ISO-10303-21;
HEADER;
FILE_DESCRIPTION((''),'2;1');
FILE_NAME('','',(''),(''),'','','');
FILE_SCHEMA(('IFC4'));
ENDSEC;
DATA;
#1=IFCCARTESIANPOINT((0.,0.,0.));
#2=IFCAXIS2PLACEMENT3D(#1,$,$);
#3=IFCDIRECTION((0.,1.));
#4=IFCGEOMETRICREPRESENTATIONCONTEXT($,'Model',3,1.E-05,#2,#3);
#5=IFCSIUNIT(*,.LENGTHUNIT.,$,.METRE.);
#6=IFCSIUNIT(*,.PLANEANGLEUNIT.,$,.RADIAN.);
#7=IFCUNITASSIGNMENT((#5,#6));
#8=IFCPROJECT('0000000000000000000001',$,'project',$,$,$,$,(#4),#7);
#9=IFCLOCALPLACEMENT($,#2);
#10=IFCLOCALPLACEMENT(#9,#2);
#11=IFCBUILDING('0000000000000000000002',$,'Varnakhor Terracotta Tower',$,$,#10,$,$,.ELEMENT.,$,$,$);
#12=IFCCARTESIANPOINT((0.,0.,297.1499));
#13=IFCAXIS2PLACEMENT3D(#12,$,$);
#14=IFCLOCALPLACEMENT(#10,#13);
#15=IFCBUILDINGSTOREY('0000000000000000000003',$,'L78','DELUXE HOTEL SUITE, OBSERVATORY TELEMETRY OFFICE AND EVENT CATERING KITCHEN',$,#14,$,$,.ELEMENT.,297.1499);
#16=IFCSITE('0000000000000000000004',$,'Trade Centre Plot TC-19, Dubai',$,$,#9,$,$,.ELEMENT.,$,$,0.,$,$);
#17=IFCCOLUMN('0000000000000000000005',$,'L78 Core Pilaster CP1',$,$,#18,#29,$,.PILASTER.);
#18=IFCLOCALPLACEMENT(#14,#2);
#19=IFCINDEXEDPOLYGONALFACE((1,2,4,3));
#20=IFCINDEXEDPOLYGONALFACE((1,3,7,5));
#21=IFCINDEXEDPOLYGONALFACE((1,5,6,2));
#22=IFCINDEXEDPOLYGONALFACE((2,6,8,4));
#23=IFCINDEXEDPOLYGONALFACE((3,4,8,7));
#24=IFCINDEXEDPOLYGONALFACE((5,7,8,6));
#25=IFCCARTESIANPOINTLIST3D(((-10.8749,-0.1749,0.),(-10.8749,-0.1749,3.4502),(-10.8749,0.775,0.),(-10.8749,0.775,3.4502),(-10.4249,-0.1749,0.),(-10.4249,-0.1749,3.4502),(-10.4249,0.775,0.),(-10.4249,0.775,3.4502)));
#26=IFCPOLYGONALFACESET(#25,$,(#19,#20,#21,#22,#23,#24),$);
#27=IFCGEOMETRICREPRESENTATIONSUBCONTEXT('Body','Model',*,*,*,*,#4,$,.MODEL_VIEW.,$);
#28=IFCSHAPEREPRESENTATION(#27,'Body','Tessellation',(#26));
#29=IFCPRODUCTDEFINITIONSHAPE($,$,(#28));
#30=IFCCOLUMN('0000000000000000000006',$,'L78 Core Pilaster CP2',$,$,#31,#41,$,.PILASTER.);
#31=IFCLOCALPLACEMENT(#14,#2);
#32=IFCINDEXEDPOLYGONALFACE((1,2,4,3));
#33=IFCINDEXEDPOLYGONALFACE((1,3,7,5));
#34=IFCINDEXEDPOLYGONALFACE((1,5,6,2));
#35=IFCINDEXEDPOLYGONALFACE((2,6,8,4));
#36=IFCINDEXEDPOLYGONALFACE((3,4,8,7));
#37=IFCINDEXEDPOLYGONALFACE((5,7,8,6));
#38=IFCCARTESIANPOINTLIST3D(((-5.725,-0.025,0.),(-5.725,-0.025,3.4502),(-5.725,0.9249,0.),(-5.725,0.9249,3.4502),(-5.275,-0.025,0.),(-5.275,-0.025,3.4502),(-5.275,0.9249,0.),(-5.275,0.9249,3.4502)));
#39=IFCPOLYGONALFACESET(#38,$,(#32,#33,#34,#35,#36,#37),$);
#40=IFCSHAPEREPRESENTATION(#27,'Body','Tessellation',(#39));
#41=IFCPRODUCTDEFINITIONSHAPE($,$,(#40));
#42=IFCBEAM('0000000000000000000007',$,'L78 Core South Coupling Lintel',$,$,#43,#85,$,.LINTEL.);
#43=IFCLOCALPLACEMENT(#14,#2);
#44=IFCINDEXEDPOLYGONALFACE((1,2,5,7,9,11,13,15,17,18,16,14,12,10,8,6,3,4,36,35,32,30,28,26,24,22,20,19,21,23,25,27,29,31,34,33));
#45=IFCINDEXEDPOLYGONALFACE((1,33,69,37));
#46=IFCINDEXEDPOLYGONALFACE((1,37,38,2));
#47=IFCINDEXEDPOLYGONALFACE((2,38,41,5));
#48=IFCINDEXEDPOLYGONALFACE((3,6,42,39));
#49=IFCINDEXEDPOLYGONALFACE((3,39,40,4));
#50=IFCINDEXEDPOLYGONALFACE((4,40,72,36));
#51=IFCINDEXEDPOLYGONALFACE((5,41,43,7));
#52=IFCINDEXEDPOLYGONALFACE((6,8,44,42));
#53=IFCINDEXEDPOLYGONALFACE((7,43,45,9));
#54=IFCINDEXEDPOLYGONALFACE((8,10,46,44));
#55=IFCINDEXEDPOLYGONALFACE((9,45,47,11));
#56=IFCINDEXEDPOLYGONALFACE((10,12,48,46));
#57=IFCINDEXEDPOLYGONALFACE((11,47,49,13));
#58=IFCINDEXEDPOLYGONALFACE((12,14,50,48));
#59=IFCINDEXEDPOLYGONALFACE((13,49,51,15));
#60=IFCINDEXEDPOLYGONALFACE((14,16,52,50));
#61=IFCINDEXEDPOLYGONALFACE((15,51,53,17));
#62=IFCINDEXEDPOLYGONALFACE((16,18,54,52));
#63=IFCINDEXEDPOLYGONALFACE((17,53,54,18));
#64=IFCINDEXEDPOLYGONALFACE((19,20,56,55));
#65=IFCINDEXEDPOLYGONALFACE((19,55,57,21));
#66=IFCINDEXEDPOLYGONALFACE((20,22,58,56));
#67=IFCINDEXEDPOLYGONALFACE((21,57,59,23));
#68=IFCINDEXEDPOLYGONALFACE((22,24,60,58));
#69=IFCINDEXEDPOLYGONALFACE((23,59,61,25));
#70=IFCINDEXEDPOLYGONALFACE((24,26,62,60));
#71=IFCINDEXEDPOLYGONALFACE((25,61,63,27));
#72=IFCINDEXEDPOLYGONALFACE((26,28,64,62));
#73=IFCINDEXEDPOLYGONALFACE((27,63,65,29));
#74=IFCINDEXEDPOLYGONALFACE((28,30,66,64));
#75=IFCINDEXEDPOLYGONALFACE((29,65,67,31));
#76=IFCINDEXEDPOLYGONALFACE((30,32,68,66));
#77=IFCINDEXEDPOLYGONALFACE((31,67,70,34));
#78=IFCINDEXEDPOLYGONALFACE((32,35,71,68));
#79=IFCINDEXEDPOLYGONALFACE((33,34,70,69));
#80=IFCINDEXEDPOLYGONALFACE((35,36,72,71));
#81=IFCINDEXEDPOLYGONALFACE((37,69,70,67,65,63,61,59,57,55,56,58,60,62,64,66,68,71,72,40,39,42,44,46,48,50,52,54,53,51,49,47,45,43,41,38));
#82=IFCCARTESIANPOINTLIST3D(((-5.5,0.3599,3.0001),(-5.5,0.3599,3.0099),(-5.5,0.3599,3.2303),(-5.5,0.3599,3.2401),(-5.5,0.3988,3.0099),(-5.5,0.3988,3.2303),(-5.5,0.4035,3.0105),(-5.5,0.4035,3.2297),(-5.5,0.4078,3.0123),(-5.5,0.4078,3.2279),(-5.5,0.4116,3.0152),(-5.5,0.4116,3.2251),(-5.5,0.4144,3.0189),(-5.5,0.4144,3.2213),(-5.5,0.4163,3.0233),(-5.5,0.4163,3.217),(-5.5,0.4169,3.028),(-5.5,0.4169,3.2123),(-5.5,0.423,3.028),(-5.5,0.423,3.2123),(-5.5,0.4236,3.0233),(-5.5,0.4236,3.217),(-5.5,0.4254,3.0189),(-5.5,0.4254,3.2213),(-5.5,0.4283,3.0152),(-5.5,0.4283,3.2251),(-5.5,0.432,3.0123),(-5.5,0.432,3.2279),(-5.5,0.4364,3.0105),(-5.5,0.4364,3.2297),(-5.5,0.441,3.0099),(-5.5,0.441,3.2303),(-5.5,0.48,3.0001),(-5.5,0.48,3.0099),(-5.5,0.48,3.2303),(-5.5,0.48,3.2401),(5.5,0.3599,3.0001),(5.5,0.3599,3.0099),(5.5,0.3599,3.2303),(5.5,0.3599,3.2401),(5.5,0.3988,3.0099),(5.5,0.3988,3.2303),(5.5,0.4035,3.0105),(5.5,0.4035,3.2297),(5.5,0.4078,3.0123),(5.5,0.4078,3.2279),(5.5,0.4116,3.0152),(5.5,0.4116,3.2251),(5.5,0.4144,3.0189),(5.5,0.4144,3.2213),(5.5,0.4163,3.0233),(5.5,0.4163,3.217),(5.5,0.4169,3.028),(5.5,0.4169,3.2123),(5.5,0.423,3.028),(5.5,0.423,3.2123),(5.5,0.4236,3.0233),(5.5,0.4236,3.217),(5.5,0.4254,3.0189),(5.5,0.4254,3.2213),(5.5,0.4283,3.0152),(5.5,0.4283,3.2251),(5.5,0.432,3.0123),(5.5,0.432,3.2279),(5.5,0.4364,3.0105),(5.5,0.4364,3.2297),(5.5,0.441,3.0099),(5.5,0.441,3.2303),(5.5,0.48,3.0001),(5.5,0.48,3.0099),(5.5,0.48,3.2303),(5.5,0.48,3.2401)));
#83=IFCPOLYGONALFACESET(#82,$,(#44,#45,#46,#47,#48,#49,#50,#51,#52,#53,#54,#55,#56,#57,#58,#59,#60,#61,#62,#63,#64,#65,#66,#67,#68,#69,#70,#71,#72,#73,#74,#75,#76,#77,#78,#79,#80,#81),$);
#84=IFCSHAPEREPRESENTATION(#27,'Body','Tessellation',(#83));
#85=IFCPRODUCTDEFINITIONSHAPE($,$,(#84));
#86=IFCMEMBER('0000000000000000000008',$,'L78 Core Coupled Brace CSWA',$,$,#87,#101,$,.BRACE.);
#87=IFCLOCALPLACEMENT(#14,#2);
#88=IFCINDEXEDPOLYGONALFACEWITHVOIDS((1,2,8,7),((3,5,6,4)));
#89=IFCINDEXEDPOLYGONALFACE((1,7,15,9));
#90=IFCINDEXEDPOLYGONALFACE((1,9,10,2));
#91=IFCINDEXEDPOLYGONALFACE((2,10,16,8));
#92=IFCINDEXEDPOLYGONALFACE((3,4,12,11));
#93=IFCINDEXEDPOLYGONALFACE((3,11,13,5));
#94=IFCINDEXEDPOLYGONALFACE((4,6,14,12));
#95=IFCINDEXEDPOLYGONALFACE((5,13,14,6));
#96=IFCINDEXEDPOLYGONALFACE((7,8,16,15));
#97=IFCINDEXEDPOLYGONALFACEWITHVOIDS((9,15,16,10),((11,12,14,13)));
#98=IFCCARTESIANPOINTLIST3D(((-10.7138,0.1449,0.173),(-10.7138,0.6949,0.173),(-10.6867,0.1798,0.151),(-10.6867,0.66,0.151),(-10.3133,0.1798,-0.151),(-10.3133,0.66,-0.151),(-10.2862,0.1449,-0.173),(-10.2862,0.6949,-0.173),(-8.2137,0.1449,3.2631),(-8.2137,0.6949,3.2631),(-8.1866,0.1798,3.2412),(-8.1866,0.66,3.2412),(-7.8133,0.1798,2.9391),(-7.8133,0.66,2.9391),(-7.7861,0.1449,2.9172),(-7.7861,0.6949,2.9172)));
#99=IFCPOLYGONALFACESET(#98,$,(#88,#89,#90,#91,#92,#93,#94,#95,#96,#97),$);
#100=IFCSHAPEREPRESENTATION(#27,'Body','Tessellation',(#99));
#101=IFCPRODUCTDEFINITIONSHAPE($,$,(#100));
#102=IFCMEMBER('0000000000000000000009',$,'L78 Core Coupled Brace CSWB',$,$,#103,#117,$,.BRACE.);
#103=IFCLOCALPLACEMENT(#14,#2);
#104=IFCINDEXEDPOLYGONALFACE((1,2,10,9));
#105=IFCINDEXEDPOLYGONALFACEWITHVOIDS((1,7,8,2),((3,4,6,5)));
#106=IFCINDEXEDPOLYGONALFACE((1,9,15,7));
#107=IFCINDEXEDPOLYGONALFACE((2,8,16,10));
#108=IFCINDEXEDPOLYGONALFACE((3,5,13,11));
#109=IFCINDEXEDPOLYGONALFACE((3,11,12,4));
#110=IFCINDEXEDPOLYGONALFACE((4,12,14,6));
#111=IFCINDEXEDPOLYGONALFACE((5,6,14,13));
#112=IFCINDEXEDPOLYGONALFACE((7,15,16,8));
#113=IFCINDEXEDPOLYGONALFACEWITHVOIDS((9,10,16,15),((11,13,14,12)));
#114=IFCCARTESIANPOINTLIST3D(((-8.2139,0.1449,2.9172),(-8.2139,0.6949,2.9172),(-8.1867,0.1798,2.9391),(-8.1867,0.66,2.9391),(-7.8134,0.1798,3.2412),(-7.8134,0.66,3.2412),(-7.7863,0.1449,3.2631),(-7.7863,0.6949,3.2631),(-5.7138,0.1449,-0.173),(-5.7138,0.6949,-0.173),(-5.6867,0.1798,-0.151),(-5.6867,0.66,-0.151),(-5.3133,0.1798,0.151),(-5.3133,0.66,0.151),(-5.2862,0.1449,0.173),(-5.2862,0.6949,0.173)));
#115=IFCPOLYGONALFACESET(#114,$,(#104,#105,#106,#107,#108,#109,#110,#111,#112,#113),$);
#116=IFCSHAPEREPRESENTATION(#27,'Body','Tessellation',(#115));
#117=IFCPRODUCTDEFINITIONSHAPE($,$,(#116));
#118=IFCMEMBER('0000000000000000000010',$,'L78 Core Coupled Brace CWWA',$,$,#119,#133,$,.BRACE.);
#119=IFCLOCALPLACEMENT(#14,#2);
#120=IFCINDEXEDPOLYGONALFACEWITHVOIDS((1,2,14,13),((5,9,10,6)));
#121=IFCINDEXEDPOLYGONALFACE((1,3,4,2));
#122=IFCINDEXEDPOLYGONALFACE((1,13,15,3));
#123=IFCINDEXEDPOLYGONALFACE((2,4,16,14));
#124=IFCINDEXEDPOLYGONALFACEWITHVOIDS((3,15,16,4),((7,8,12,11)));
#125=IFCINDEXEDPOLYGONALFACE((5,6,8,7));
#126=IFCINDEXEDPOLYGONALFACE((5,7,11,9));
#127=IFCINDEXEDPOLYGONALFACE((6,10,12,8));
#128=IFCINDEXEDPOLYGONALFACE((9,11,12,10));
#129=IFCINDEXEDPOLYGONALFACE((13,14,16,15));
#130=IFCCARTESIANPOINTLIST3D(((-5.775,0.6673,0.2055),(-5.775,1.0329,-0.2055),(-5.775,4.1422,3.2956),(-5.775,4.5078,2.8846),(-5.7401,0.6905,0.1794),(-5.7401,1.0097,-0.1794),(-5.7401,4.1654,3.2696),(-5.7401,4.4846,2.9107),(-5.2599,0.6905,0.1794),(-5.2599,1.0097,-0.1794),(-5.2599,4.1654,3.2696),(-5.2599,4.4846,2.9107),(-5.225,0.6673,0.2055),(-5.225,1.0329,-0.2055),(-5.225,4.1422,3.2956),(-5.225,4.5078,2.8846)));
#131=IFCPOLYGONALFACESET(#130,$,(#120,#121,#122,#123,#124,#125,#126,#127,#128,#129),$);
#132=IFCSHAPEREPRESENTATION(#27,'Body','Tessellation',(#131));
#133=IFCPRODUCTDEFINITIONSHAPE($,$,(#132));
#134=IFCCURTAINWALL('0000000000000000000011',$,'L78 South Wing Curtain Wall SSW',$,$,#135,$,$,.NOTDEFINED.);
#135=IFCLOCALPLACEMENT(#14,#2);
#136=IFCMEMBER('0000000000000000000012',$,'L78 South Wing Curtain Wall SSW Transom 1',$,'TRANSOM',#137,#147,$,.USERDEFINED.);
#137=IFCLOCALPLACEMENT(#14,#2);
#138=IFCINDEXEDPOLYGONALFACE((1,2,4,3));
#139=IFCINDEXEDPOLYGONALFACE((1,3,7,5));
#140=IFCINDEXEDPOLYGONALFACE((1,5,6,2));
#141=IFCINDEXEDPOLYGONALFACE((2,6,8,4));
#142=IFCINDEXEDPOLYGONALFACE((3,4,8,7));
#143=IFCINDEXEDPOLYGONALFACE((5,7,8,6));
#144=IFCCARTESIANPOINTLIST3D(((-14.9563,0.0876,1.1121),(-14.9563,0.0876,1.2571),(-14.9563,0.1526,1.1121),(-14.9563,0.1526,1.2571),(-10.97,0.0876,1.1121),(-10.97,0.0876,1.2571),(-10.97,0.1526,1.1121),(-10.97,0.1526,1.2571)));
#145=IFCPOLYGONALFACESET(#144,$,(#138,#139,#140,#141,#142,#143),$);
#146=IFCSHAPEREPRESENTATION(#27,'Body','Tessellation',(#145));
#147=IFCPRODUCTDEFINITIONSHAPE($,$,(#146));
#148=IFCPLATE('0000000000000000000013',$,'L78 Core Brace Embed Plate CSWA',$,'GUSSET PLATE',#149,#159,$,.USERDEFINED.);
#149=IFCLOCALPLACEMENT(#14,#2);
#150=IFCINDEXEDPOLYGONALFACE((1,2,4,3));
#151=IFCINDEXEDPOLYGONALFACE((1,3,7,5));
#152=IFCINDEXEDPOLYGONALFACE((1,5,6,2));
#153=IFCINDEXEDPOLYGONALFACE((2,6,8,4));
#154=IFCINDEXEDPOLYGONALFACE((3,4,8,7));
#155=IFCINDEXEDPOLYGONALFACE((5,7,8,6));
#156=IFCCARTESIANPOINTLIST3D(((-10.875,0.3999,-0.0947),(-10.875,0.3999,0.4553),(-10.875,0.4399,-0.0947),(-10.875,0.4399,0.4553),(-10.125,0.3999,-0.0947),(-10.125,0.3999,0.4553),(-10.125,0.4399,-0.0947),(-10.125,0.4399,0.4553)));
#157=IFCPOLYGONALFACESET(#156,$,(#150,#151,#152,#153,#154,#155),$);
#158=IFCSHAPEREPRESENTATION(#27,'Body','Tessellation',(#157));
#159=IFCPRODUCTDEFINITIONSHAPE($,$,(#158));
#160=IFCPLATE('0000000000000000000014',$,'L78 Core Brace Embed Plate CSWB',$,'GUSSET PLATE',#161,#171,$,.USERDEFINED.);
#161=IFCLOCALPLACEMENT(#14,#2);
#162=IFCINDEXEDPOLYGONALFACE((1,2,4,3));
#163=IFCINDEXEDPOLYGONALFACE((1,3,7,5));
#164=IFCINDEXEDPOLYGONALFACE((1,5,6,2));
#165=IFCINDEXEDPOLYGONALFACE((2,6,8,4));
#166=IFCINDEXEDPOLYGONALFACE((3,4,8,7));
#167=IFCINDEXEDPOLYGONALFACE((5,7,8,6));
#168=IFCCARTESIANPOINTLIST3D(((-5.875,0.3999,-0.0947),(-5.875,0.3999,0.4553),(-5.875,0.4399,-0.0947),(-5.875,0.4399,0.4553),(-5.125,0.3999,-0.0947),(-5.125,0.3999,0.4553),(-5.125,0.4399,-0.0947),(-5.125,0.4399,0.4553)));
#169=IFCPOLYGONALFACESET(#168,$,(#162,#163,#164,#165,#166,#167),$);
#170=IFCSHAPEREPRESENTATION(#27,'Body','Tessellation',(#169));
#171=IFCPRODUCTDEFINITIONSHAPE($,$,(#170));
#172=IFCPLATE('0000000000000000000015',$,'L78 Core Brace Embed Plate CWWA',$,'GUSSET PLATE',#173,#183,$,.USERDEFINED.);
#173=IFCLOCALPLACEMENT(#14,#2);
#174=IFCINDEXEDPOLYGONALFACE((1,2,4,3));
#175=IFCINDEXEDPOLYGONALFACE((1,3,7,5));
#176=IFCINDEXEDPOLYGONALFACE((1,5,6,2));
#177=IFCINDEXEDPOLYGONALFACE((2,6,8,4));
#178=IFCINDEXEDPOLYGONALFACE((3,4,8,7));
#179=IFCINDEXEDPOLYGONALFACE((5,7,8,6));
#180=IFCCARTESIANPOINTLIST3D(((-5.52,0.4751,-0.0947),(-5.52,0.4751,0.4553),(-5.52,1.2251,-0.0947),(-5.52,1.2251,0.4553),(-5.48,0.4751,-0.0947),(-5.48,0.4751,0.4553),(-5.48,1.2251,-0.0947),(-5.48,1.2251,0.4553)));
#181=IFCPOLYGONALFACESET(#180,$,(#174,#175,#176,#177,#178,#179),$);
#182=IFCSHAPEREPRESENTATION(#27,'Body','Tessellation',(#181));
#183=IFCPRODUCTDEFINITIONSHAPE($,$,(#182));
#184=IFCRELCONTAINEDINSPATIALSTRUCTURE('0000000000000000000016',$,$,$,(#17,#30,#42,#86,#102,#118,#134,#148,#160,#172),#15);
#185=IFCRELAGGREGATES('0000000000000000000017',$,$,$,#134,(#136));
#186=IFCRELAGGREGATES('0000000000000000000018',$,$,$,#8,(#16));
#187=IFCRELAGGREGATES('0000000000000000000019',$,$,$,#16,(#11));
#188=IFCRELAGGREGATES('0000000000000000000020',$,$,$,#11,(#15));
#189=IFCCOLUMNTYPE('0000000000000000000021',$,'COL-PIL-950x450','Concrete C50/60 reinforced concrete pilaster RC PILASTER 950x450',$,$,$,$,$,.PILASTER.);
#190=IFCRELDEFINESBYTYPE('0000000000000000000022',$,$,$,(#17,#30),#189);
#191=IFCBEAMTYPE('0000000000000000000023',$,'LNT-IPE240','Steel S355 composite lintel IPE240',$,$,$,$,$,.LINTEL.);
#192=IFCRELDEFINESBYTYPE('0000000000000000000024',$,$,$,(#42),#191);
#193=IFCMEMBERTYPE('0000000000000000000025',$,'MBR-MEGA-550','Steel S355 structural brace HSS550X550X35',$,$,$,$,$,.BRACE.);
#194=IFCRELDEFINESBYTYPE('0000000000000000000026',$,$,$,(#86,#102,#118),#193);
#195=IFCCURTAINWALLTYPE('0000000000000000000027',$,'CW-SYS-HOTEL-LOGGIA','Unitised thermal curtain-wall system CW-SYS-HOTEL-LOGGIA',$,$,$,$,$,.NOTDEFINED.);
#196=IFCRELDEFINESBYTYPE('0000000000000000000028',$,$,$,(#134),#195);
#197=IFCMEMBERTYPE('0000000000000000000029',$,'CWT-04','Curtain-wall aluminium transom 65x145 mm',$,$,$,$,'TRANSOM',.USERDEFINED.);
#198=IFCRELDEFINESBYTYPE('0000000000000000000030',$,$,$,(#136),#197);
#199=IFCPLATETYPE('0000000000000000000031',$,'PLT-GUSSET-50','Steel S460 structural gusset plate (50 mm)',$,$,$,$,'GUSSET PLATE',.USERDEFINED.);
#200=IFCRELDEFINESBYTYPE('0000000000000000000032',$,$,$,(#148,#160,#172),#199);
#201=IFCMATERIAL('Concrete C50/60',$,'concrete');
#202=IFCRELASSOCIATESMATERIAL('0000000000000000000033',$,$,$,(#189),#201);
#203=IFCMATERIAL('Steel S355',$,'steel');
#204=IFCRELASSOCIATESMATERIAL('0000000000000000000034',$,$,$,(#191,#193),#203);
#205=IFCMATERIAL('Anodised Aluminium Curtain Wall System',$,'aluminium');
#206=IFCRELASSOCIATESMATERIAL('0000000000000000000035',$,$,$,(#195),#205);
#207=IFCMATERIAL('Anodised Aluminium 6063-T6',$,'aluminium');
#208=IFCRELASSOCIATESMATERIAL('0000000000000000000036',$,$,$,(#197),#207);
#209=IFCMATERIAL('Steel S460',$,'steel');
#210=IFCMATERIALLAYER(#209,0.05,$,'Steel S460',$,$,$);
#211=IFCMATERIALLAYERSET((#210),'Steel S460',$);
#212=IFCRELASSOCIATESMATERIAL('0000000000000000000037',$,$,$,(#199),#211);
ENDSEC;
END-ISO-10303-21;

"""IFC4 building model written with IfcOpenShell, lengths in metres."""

from ifc_helpers import new_model, si_unit, direction, frame, origin, origin_2d, place, context, subcontext, project, spatial, rectangle, hollow_rectangle, i_section, extrude, source, transform, mapped, material, layer, layer_set, material_profile, profile_set, type_object, type_shapes, element, aggregate, save


model = new_model("IFC4")

# Units and contexts
model_context = context("Model", 3, precision=1e-05, world=origin(), true_north=direction((0.0, 1.0)))
body_context = subcontext(model_context, "Body", "Model", "MODEL_VIEW")
ifc_project = project(units=[si_unit("LENGTHUNIT", "METRE"), si_unit("PLANEANGLEUNIT", "RADIAN")], contexts=[model_context])

# Site, building, storey
site_placement = place(None, origin())
site = spatial("IfcSite", under=ifc_project, at=site_placement, Name="Trade Centre Plot TC-19, Dubai", CompositionType="ELEMENT", RefElevation=0.0)
building_placement = place(site_placement, origin())
building = spatial("IfcBuilding", under=site, at=building_placement, Name="Varnakhor Terracotta Tower", CompositionType="ELEMENT")
storey_placement = place(building_placement, frame((0.0, 0.0, 297.1499)))
storey = spatial("IfcBuildingStorey", under=building, at=storey_placement, Name="L78", Description="DELUXE HOTEL SUITE, OBSERVATORY TELEMETRY OFFICE AND EVENT CATERING KITCHEN", CompositionType="ELEMENT", Elevation=297.1499)

# Columns
ifc_material_1 = material(Name="Concrete C50/60", Category="concrete")
ifc_material_profile_1 = material_profile(ifc_material_1, rectangle(XDim=0.45, YDim=0.95, at=origin_2d()), Name="RC PILASTER 950x450")
ifc_profile_set_1 = profile_set([ifc_material_profile_1], Name="Concrete C50/60")
column_type = type_object("IfcColumnType", Name="COL-PIL-950x450", Description="Concrete C50/60 reinforced concrete pilaster RC PILASTER 950x450", PredefinedType="PILASTER", material=ifc_profile_set_1)
shared_shape_1 = source(origin(), body_context, "Body", "SweptSolid", [
    extrude(rectangle(XDim=0.45, YDim=0.95, at=origin_2d()), origin(), (0.0, 0.0, 1.0), 3.4502),
])
for number, where, z_axis, x_axis, name in (
    (1, (-10.6499, 0.3, 0.0), (0.0, 0.0, 1.0), (1.0, 0.0, 0.0), "L78 Core Pilaster CP1"),
    (2, (-5.5, 0.45, 0.0), (0.0, 0.0, 1.0), (1.0, 0.0, 0.0), "L78 Core Pilaster CP2"),
):
    element("IfcColumn", number, at=place(storey_placement, frame(where, z_axis=z_axis, x_axis=x_axis)), inside=storey, type_object=column_type, Name=name, PredefinedType="PILASTER", context=body_context, shape_type="MappedRepresentation", body=[
        mapped(shared_shape_1, transform((0.0, 0.0, 0.0), scale=1.0)),
    ])

# Beam
ifc_material_2 = material(Name="Steel S355", Category="steel")
ifc_material_profile_2 = material_profile(ifc_material_2, i_section(OverallWidth=0.1201, OverallDepth=0.24, WebThickness=0.0061, FlangeThickness=0.0098, FilletRadius=0.0181, at=origin_2d()), Name="IPE240")
ifc_profile_set_2 = profile_set([ifc_material_profile_2], Name="Steel S355")
beam_type = type_object("IfcBeamType", Name="LNT-IPE240", Description="Steel S355 composite lintel IPE240", PredefinedType="LINTEL", material=ifc_profile_set_2)
shared_shape_2 = source(origin(), body_context, "Body", "SweptSolid", [
    extrude(i_section(OverallWidth=0.1201, OverallDepth=0.24, WebThickness=0.0061, FlangeThickness=0.0098, FilletRadius=0.0181, at=origin_2d()), origin(), (0.0, 0.0, 1.0), 11.0),
])
type_shapes(beam_type, [shared_shape_2])
beam_placement = place(storey_placement, frame((-5.5, 0.4199, 3.1201), z_axis=(1.0, 0.0, 0.0), x_axis=(0.0, 1.0, 0.0)))
element("IfcBeam", 3, at=beam_placement, inside=storey, type_object=beam_type, Name="L78 Core South Coupling Lintel", PredefinedType="LINTEL", context=body_context, shape_type="MappedRepresentation", body=[
    mapped(shared_shape_2, transform((0.0, 0.0, 0.0), scale=1.0)),
])

# Members
ifc_material_profile_3 = material_profile(ifc_material_2, hollow_rectangle(XDim=0.55, YDim=0.55, WallThickness=0.0349, at=origin_2d()), Name="HSS550X550X35")
ifc_profile_set_3 = profile_set([ifc_material_profile_3], Name="Steel S355")
member_type_1 = type_object("IfcMemberType", Name="MBR-MEGA-550", Description="Steel S355 structural brace HSS550X550X35", PredefinedType="BRACE", material=ifc_profile_set_3)
shared_shape_3 = source(origin(), body_context, "Body", "SweptSolid", [
    extrude(hollow_rectangle(XDim=0.55, YDim=0.55, WallThickness=0.0349, at=origin_2d()), origin(), (0.0, 0.0, 1.0), 3.9749),
])
for number, where, z_axis, x_axis, name in (
    (4, (-10.5, 0.4199, 0.0), (0.62897, 0.0, 0.777429), (0.0, 1.0, 0.0), "L78 Core Coupled Brace CSWA"),
    (5, (-5.5, 0.4199, 0.0), (-0.62897, 0.0, 0.777429), (0.0, -1.0, 0.0), "L78 Core Coupled Brace CSWB"),
):
    element("IfcMember", number, at=place(storey_placement, frame(where, z_axis=z_axis, x_axis=x_axis)), inside=storey, type_object=member_type_1, Name=name, PredefinedType="BRACE", context=body_context, shape_type="MappedRepresentation", body=[
        mapped(shared_shape_3, transform((0.0, 0.0, 0.0), scale=1.0)),
    ])
shared_shape_4 = source(origin(), body_context, "Body", "SweptSolid", [
    extrude(hollow_rectangle(XDim=0.55, YDim=0.55, WallThickness=0.0349, at=origin_2d()), origin(), (0.0, 0.0, 1.0), 4.6501),
])
member_1_placement = place(storey_placement, frame((-5.5, 0.8501, 0.0), z_axis=(0.0, 0.747267, 0.664524), x_axis=(-1.0, 0.0, 0.0)))
element("IfcMember", 6, at=member_1_placement, inside=storey, type_object=member_type_1, Name="L78 Core Coupled Brace CWWA", PredefinedType="BRACE", context=body_context, shape_type="MappedRepresentation", body=[
    mapped(shared_shape_4, transform((0.0, 0.0, 0.0), scale=1.0)),
])

# Curtain wall, member
ifc_material_3 = material(Name="Anodised Aluminium Curtain Wall System", Category="aluminium")
curtain_wall_type = type_object("IfcCurtainWallType", Name="CW-SYS-HOTEL-LOGGIA", Description="Unitised thermal curtain-wall system CW-SYS-HOTEL-LOGGIA", PredefinedType="NOTDEFINED", material=ifc_material_3)
curtain_wall_placement = place(storey_placement, origin())
curtain_wall = element("IfcCurtainWall", 7, at=curtain_wall_placement, inside=storey, type_object=curtain_wall_type, Name="L78 South Wing Curtain Wall SSW", PredefinedType="NOTDEFINED")
ifc_material_4 = material(Name="Anodised Aluminium 6063-T6", Category="aluminium")
ifc_material_profile_4 = material_profile(ifc_material_4, rectangle(XDim=0.0649, YDim=0.145, at=origin_2d()), Name="ALU TRANSOM 65x145")
ifc_profile_set_4 = profile_set([ifc_material_profile_4], Name="Anodised Aluminium 6063-T6")
member_type_2 = type_object("IfcMemberType", Name="CWT-04", Description="Curtain-wall aluminium transom 65x145 mm", ElementType="TRANSOM", PredefinedType="USERDEFINED", material=ifc_profile_set_4)
shared_shape_5 = source(origin(), body_context, "Body", "SweptSolid", [
    extrude(rectangle(XDim=0.0649, YDim=0.145, at=origin_2d()), origin(), (0.0, 0.0, 1.0), 3.9863),
])
member_2_placement = place(storey_placement, frame((-10.97, 0.1201, 1.1846), z_axis=(-1.0, 0.0, 0.0), x_axis=(0.0, -1.0, 0.0)))
member_2 = element("IfcMember", 8, at=member_2_placement, type_object=member_type_2, Name="L78 South Wing Curtain Wall SSW Transom 1", ObjectType="TRANSOM", PredefinedType="USERDEFINED", context=body_context, shape_type="MappedRepresentation", body=[
    mapped(shared_shape_5, transform((0.0, 0.0, 0.0), scale=1.0)),
])
aggregate(curtain_wall, [member_2])

# Plates
ifc_material_5 = material(Name="Steel S460", Category="steel")
ifc_layer_1 = layer(ifc_material_5, 0.05, Name="Steel S460")
ifc_layer_set_1 = layer_set([ifc_layer_1], Name="Steel S460")
plate_type = type_object("IfcPlateType", Name="PLT-GUSSET-50", Description="Steel S460 structural gusset plate (50 mm)", ElementType="GUSSET PLATE", PredefinedType="USERDEFINED", material=ifc_layer_set_1)
shared_shape_6 = source(origin(), body_context, "Body", "SweptSolid", [
    extrude(rectangle(XDim=0.75, YDim=0.04, at=origin_2d()), origin(), (0.0, 0.0, 1.0), 0.55),
])
type_shapes(plate_type, [shared_shape_6])
for number, where, z_axis, x_axis, name in (
    (9, (-10.5, 0.4199, -0.0947), (0.0, 0.0, 1.0), (1.0, 0.0, 0.0), "L78 Core Brace Embed Plate CSWA"),
    (10, (-5.5, 0.4199, -0.0947), (0.0, 0.0, 1.0), (1.0, 0.0, 0.0), "L78 Core Brace Embed Plate CSWB"),
    (11, (-5.5, 0.8501, -0.0947), (0.0, 0.0, 1.0), (0.0, 1.0, 0.0), "L78 Core Brace Embed Plate CWWA"),
):
    element("IfcPlate", number, at=place(storey_placement, frame(where, z_axis=z_axis, x_axis=x_axis)), inside=storey, type_object=plate_type, Name=name, ObjectType="GUSSET PLATE", PredefinedType="USERDEFINED", context=body_context, shape_type="MappedRepresentation", body=[
        mapped(shared_shape_6, transform((0.0, 0.0, 0.0), scale=1.0)),
    ])

save(model, "model.ifc")
